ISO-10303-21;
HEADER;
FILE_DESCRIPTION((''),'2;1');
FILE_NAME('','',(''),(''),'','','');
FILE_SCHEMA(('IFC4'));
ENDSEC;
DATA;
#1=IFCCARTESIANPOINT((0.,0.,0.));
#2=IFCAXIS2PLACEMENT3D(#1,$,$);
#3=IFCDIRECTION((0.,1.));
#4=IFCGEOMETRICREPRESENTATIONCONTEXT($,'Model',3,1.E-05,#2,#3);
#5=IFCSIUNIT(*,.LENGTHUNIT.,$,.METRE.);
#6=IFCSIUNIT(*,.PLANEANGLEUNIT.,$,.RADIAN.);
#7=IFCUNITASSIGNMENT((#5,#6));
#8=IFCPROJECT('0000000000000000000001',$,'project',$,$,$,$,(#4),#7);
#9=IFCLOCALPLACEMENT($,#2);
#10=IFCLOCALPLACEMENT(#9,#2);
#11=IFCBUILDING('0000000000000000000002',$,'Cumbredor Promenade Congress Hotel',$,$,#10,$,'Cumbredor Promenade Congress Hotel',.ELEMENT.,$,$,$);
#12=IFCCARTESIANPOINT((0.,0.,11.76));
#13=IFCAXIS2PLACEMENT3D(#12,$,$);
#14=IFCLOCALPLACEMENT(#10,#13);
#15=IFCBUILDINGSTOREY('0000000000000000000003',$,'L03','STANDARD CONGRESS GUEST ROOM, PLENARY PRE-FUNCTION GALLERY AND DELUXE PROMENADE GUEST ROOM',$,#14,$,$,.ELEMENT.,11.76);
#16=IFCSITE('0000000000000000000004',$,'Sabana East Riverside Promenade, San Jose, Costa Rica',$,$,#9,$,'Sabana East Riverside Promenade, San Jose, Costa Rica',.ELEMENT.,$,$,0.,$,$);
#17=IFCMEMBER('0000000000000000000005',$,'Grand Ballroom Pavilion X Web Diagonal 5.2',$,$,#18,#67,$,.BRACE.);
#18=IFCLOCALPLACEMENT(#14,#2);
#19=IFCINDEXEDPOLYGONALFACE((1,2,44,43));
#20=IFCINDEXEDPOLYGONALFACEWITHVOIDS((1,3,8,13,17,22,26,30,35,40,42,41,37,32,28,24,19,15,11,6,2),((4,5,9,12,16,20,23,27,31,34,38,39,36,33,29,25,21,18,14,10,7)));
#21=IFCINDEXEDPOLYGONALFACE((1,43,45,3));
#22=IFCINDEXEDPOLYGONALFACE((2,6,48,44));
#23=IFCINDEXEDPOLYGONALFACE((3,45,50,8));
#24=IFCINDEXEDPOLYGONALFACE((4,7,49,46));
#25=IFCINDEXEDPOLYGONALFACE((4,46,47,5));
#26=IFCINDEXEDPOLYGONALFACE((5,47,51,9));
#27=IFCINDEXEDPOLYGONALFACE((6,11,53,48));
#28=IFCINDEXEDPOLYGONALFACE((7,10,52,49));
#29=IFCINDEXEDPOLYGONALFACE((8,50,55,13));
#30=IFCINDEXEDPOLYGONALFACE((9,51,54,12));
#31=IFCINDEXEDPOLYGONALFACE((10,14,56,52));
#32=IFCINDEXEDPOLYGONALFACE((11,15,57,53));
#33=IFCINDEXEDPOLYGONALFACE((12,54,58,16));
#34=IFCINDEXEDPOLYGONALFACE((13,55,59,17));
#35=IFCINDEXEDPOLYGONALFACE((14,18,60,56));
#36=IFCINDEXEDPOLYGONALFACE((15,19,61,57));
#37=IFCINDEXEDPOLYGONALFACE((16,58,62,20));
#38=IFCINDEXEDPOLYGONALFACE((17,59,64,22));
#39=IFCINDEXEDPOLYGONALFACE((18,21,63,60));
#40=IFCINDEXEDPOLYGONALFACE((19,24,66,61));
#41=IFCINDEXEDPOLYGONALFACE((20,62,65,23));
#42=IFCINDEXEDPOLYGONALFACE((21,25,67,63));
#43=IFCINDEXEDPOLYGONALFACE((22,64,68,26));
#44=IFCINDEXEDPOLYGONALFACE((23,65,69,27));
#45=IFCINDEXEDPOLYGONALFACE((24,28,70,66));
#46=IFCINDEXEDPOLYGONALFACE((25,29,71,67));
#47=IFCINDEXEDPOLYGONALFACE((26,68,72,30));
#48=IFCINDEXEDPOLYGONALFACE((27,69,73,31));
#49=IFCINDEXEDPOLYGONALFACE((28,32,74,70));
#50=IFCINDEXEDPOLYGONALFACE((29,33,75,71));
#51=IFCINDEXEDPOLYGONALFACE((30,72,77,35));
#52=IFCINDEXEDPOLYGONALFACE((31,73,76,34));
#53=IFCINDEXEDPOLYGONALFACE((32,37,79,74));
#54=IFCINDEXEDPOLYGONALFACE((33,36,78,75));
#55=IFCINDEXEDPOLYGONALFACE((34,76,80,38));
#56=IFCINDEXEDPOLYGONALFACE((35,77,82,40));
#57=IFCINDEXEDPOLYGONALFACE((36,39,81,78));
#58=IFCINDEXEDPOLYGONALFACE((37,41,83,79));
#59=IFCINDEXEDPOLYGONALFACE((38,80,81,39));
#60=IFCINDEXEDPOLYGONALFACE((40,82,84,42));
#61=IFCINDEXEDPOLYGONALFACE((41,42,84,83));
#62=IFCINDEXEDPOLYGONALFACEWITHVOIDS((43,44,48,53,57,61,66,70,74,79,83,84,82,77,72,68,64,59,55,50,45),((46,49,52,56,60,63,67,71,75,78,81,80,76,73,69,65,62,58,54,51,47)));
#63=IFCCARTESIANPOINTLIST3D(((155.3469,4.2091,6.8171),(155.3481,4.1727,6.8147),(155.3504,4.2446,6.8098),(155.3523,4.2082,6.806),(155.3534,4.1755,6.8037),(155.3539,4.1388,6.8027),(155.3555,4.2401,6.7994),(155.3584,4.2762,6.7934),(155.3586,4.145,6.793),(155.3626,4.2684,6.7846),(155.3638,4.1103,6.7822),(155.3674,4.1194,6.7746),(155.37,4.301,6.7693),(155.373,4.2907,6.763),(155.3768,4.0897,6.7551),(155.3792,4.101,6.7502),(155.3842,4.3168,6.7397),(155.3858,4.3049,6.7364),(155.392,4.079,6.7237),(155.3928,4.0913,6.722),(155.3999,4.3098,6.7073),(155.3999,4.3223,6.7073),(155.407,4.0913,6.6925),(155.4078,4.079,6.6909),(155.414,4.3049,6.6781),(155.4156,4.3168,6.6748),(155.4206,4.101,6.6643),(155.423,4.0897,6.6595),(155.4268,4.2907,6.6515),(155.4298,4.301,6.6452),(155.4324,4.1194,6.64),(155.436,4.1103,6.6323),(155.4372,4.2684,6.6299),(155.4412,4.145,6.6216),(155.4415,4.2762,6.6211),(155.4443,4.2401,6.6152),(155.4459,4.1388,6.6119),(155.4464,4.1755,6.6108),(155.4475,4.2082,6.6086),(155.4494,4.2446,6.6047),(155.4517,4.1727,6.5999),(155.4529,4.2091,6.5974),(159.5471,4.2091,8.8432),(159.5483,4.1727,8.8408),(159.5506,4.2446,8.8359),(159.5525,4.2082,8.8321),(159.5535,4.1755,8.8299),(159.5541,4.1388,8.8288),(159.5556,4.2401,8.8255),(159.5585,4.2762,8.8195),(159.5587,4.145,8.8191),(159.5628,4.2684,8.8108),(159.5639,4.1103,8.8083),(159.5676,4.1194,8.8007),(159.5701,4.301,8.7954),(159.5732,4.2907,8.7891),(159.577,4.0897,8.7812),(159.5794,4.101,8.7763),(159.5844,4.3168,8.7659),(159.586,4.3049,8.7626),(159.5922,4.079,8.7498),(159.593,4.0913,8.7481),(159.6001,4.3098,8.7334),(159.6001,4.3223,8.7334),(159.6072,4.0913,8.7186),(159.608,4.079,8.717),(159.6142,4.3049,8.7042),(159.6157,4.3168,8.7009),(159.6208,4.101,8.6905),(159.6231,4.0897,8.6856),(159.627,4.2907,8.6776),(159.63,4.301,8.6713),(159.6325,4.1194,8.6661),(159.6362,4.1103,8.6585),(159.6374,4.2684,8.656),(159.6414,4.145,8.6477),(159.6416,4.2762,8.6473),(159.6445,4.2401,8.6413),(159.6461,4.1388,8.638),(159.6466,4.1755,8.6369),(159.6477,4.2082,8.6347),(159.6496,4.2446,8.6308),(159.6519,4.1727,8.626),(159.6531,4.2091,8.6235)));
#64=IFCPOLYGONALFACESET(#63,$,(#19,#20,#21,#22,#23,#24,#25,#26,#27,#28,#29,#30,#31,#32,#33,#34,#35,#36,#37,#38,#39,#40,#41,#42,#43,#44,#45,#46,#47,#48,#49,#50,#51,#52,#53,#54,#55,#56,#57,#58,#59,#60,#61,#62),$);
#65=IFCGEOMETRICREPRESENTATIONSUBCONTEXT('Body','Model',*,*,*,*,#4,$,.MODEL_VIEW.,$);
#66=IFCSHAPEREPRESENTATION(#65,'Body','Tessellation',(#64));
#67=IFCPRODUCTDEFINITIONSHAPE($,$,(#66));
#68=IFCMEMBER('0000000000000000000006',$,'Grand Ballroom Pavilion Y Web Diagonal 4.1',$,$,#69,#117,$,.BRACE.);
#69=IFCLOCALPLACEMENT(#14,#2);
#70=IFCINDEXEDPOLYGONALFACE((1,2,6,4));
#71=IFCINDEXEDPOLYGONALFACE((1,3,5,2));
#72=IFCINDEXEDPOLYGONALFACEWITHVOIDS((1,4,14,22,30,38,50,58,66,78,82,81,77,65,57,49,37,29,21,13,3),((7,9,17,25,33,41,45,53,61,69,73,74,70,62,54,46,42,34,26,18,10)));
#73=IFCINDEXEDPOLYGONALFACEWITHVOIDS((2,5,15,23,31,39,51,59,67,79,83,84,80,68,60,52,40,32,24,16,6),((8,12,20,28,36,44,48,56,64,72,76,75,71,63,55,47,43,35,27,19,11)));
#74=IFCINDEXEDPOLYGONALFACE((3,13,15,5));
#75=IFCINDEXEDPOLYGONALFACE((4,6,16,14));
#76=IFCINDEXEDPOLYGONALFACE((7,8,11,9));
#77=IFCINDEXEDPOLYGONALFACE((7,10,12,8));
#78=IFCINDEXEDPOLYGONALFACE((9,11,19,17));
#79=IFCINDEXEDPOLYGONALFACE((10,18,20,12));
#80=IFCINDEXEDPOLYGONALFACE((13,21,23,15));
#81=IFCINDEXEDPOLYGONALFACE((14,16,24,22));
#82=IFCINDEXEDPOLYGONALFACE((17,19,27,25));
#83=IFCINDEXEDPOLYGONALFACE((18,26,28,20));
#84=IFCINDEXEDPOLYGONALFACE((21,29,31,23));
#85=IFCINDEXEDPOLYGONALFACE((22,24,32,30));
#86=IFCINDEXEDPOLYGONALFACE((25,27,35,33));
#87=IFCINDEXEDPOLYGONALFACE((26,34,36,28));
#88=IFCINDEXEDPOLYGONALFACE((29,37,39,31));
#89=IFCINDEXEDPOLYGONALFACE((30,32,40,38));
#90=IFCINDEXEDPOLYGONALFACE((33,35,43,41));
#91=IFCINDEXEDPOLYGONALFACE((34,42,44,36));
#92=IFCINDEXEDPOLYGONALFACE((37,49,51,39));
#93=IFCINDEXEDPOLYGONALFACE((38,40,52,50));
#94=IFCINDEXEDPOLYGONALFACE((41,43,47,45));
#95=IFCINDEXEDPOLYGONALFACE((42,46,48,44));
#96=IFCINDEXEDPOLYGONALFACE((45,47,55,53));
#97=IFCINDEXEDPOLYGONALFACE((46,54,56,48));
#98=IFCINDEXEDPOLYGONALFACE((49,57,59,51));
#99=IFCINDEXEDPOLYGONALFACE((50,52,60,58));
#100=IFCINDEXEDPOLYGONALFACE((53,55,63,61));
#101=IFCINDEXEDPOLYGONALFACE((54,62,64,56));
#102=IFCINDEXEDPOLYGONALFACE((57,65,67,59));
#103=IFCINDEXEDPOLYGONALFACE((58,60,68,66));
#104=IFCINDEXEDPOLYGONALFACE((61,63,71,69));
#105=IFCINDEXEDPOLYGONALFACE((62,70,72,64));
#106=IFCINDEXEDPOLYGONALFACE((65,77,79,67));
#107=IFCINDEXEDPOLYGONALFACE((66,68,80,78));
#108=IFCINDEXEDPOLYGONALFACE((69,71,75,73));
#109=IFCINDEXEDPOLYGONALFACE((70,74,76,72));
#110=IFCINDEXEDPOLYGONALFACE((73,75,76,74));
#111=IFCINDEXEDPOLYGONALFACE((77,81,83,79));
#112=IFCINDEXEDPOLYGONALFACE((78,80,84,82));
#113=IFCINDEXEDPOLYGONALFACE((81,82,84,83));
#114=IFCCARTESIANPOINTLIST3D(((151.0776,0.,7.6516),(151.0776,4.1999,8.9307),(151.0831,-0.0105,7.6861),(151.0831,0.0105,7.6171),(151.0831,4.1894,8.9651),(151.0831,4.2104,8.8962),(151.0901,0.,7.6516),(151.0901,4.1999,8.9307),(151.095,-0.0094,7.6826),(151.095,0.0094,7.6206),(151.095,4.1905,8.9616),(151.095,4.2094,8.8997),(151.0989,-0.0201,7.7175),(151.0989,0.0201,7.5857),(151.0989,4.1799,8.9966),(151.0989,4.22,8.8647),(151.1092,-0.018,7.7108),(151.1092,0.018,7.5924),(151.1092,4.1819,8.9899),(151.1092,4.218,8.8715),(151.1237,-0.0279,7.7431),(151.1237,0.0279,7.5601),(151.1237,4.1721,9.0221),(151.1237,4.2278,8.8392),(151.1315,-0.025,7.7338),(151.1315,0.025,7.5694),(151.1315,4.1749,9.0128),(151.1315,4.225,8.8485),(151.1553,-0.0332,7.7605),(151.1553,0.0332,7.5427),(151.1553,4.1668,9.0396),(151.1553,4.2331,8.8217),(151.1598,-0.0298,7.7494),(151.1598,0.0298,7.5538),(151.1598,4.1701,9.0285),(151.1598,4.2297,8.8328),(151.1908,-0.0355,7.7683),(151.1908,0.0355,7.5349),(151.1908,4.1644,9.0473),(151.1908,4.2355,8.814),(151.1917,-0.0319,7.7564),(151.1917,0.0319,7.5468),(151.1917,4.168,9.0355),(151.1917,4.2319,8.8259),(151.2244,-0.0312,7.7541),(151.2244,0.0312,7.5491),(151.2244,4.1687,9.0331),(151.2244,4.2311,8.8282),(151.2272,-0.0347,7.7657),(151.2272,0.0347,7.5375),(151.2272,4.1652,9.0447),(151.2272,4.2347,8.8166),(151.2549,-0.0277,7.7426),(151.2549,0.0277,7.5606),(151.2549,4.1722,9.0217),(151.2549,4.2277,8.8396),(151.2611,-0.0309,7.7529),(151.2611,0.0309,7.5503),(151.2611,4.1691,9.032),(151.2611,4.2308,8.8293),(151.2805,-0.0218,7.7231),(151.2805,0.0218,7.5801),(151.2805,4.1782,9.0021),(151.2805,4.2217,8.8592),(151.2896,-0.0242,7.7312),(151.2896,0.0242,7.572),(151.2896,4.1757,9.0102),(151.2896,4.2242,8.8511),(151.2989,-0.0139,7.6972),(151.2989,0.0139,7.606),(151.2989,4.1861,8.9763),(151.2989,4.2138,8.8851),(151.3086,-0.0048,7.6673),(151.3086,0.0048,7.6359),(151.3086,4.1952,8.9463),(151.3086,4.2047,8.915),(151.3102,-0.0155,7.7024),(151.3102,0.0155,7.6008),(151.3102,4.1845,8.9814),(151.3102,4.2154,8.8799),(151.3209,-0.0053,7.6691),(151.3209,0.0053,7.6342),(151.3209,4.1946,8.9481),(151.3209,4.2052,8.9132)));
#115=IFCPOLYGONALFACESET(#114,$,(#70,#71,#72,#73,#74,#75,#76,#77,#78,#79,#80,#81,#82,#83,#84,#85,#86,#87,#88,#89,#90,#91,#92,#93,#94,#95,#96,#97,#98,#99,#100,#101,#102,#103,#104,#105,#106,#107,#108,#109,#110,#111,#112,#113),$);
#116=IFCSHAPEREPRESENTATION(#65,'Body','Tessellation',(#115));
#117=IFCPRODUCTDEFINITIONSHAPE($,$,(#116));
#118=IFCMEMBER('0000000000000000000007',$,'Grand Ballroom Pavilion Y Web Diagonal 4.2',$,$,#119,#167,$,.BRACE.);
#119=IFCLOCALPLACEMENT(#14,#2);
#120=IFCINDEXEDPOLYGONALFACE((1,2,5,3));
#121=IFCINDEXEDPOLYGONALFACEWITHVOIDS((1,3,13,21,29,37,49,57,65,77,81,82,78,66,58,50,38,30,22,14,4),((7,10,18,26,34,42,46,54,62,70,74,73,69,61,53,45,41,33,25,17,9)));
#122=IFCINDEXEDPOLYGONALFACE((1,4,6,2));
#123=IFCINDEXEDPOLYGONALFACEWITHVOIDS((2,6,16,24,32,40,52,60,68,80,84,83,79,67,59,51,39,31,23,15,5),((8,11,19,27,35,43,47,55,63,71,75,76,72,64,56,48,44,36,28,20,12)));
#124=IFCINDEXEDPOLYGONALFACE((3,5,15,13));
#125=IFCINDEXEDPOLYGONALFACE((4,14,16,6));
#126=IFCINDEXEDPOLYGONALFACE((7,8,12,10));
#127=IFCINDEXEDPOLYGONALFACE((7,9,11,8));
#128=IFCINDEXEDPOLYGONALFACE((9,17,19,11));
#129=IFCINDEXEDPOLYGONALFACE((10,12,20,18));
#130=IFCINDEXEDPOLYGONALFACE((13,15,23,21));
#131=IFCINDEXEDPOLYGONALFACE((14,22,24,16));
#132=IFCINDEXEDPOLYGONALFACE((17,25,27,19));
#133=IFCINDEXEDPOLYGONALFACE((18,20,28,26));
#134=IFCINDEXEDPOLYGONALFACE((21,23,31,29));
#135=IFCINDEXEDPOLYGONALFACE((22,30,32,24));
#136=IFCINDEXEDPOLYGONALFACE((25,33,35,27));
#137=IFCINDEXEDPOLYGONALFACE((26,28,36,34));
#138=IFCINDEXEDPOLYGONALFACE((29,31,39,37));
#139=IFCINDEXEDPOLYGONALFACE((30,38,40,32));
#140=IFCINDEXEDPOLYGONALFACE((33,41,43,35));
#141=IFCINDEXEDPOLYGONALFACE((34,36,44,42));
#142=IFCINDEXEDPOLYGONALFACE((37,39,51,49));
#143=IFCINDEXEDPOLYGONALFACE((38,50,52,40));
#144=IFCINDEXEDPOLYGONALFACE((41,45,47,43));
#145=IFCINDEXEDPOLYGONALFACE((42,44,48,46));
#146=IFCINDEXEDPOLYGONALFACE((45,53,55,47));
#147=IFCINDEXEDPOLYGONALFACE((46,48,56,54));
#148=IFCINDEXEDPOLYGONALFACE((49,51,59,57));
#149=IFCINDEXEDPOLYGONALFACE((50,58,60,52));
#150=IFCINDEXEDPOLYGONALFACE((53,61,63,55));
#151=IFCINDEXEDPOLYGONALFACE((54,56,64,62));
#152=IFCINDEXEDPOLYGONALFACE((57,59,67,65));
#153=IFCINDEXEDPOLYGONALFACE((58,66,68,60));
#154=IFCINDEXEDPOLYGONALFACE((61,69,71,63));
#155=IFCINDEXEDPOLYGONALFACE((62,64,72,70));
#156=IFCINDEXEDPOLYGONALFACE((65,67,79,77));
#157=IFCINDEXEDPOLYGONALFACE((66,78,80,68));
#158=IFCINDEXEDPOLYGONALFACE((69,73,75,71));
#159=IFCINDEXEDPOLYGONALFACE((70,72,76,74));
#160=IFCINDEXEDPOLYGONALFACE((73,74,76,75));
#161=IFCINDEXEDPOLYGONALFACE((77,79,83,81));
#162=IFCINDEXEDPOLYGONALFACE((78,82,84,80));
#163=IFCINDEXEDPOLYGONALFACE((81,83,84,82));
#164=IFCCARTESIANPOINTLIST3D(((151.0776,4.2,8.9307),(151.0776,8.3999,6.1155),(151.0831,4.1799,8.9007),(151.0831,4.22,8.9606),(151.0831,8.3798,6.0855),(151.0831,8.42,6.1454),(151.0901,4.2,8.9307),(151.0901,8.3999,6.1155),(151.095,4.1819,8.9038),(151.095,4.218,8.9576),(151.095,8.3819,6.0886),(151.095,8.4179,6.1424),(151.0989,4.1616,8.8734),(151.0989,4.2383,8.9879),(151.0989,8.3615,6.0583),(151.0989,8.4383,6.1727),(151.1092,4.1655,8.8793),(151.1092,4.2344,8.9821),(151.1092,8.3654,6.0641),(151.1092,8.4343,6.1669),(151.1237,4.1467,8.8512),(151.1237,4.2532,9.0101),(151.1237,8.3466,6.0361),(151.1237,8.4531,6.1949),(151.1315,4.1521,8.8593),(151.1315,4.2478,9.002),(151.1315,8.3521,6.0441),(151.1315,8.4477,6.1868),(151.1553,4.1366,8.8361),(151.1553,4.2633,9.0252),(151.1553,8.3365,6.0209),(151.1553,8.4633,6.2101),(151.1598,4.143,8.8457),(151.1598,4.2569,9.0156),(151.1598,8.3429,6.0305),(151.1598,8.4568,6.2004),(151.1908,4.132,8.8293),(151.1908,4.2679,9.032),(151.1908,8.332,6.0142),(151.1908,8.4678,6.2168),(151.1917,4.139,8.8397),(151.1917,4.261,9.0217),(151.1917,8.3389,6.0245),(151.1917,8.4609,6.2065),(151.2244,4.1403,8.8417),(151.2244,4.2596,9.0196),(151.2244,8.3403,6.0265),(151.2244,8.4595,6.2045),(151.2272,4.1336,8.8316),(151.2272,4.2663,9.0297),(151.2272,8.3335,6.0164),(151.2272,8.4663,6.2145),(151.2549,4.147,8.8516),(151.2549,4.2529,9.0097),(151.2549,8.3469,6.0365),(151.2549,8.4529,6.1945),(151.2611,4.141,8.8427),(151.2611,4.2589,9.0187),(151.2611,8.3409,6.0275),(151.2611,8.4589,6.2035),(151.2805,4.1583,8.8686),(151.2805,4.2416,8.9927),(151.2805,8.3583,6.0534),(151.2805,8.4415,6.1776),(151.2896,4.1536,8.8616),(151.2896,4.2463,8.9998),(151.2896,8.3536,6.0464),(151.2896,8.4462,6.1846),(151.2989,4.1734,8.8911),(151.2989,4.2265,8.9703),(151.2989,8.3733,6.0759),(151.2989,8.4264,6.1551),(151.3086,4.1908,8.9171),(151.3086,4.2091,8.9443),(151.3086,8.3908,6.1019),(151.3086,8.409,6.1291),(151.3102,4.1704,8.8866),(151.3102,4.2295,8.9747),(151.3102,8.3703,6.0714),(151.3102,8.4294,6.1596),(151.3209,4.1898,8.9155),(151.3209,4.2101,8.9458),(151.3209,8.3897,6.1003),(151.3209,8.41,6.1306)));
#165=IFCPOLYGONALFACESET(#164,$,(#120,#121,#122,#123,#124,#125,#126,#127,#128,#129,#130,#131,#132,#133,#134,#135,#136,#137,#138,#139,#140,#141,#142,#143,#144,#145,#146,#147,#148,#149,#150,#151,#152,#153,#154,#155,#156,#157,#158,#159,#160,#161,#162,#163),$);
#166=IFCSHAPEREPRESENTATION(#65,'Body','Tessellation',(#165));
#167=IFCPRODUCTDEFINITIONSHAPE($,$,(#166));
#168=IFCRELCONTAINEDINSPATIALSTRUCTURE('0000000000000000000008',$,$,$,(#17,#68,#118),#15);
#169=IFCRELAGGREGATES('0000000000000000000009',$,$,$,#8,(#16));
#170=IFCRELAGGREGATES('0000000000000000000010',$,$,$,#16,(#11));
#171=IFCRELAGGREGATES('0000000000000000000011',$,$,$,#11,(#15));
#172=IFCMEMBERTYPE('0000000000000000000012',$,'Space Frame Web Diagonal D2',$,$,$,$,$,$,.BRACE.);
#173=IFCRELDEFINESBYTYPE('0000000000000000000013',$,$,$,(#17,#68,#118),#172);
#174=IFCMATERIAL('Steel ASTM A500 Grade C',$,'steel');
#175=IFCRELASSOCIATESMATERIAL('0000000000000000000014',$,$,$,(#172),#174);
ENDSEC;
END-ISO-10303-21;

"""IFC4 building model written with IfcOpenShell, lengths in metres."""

from ifc_helpers import new_model, si_unit, direction, frame, origin, origin_2d, place, context, subcontext, project, spatial, hollow_circle, extrude, material, material_profile, profile_set, type_object, element, save


model = new_model("IFC4")

# Units and contexts
model_context = context("Model", 3, precision=1e-05, world=origin(), true_north=direction((0.0, 1.0)))
body_context = subcontext(model_context, "Body", "Model", "MODEL_VIEW")
ifc_project = project(units=[si_unit("LENGTHUNIT", "METRE"), si_unit("PLANEANGLEUNIT", "RADIAN")], contexts=[model_context])

# Site, building, storey
site_placement = place(None, origin())
site = spatial("IfcSite", under=ifc_project, at=site_placement, Name="Sabana East Riverside Promenade, San Jose, Costa Rica", LongName="Sabana East Riverside Promenade, San Jose, Costa Rica", CompositionType="ELEMENT", RefElevation=0.0)
building_placement = place(site_placement, origin())
building = spatial("IfcBuilding", under=site, at=building_placement, Name="Cumbredor Promenade Congress Hotel", LongName="Cumbredor Promenade Congress Hotel", CompositionType="ELEMENT")
storey_placement = place(building_placement, frame((0.0, 0.0, 11.76)))
storey = spatial("IfcBuildingStorey", under=building, at=storey_placement, Name="L03", Description="STANDARD CONGRESS GUEST ROOM, PLENARY PRE-FUNCTION GALLERY AND DELUXE PROMENADE GUEST ROOM", CompositionType="ELEMENT", Elevation=11.76)

# Members
ifc_material_1 = material(Name="Steel ASTM A500 Grade C", Category="steel")
ifc_material_profile_1 = material_profile(ifc_material_1, hollow_circle(Radius=0.1223, WallThickness=0.0125, at=origin_2d()), Name="CHS 244.5x12.5")
ifc_profile_set_1 = profile_set([ifc_material_profile_1], Name="Steel ASTM A500 Grade C")
member_type_1 = type_object("IfcMemberType", Name="Space Frame Web Diagonal D2", PredefinedType="BRACE", material=ifc_profile_set_1)
member_1_placement = place(storey_placement, frame((155.3999, 4.2, 6.7073), z_axis=(0.900682, 0.0, 0.434478), x_axis=(0.0, 1.0, 0.0)))
element("IfcMember", 1, at=member_1_placement, inside=storey, type_object=member_type_1, Name="Grand Ballroom Pavilion X Web Diagonal 5.2", PredefinedType="BRACE", context=body_context, shape_type="SweptSolid", body=[
    extrude(hollow_circle(Radius=0.1223, WallThickness=0.0125, at=origin_2d()), origin(), (0.0, 0.0, 1.0), 4.6633),
])
member_2_placement = place(storey_placement, frame((151.2, 0.0, 7.6516), z_axis=(0.0, 0.956623, 0.29133), x_axis=(-1.0, 0.0, 0.0)))
element("IfcMember", 2, at=member_2_placement, inside=storey, type_object=member_type_1, Name="Grand Ballroom Pavilion Y Web Diagonal 4.1", PredefinedType="BRACE", context=body_context, shape_type="SweptSolid", body=[
    extrude(hollow_circle(Radius=0.1223, WallThickness=0.0125, at=origin_2d()), origin(), (0.0, 0.0, 1.0), 4.3904),
])
member_3_placement = place(storey_placement, frame((151.2, 4.2, 8.9307), z_axis=(0.0, 0.830659, -0.556782), x_axis=(-1.0, 0.0, 0.0)))
element("IfcMember", 3, at=member_3_placement, inside=storey, type_object=member_type_1, Name="Grand Ballroom Pavilion Y Web Diagonal 4.2", PredefinedType="BRACE", context=body_context, shape_type="SweptSolid", body=[
    extrude(hollow_circle(Radius=0.1223, WallThickness=0.0125, at=origin_2d()), origin(), (0.0, 0.0, 1.0), 5.0562),
])

save(model, "model.ifc")
